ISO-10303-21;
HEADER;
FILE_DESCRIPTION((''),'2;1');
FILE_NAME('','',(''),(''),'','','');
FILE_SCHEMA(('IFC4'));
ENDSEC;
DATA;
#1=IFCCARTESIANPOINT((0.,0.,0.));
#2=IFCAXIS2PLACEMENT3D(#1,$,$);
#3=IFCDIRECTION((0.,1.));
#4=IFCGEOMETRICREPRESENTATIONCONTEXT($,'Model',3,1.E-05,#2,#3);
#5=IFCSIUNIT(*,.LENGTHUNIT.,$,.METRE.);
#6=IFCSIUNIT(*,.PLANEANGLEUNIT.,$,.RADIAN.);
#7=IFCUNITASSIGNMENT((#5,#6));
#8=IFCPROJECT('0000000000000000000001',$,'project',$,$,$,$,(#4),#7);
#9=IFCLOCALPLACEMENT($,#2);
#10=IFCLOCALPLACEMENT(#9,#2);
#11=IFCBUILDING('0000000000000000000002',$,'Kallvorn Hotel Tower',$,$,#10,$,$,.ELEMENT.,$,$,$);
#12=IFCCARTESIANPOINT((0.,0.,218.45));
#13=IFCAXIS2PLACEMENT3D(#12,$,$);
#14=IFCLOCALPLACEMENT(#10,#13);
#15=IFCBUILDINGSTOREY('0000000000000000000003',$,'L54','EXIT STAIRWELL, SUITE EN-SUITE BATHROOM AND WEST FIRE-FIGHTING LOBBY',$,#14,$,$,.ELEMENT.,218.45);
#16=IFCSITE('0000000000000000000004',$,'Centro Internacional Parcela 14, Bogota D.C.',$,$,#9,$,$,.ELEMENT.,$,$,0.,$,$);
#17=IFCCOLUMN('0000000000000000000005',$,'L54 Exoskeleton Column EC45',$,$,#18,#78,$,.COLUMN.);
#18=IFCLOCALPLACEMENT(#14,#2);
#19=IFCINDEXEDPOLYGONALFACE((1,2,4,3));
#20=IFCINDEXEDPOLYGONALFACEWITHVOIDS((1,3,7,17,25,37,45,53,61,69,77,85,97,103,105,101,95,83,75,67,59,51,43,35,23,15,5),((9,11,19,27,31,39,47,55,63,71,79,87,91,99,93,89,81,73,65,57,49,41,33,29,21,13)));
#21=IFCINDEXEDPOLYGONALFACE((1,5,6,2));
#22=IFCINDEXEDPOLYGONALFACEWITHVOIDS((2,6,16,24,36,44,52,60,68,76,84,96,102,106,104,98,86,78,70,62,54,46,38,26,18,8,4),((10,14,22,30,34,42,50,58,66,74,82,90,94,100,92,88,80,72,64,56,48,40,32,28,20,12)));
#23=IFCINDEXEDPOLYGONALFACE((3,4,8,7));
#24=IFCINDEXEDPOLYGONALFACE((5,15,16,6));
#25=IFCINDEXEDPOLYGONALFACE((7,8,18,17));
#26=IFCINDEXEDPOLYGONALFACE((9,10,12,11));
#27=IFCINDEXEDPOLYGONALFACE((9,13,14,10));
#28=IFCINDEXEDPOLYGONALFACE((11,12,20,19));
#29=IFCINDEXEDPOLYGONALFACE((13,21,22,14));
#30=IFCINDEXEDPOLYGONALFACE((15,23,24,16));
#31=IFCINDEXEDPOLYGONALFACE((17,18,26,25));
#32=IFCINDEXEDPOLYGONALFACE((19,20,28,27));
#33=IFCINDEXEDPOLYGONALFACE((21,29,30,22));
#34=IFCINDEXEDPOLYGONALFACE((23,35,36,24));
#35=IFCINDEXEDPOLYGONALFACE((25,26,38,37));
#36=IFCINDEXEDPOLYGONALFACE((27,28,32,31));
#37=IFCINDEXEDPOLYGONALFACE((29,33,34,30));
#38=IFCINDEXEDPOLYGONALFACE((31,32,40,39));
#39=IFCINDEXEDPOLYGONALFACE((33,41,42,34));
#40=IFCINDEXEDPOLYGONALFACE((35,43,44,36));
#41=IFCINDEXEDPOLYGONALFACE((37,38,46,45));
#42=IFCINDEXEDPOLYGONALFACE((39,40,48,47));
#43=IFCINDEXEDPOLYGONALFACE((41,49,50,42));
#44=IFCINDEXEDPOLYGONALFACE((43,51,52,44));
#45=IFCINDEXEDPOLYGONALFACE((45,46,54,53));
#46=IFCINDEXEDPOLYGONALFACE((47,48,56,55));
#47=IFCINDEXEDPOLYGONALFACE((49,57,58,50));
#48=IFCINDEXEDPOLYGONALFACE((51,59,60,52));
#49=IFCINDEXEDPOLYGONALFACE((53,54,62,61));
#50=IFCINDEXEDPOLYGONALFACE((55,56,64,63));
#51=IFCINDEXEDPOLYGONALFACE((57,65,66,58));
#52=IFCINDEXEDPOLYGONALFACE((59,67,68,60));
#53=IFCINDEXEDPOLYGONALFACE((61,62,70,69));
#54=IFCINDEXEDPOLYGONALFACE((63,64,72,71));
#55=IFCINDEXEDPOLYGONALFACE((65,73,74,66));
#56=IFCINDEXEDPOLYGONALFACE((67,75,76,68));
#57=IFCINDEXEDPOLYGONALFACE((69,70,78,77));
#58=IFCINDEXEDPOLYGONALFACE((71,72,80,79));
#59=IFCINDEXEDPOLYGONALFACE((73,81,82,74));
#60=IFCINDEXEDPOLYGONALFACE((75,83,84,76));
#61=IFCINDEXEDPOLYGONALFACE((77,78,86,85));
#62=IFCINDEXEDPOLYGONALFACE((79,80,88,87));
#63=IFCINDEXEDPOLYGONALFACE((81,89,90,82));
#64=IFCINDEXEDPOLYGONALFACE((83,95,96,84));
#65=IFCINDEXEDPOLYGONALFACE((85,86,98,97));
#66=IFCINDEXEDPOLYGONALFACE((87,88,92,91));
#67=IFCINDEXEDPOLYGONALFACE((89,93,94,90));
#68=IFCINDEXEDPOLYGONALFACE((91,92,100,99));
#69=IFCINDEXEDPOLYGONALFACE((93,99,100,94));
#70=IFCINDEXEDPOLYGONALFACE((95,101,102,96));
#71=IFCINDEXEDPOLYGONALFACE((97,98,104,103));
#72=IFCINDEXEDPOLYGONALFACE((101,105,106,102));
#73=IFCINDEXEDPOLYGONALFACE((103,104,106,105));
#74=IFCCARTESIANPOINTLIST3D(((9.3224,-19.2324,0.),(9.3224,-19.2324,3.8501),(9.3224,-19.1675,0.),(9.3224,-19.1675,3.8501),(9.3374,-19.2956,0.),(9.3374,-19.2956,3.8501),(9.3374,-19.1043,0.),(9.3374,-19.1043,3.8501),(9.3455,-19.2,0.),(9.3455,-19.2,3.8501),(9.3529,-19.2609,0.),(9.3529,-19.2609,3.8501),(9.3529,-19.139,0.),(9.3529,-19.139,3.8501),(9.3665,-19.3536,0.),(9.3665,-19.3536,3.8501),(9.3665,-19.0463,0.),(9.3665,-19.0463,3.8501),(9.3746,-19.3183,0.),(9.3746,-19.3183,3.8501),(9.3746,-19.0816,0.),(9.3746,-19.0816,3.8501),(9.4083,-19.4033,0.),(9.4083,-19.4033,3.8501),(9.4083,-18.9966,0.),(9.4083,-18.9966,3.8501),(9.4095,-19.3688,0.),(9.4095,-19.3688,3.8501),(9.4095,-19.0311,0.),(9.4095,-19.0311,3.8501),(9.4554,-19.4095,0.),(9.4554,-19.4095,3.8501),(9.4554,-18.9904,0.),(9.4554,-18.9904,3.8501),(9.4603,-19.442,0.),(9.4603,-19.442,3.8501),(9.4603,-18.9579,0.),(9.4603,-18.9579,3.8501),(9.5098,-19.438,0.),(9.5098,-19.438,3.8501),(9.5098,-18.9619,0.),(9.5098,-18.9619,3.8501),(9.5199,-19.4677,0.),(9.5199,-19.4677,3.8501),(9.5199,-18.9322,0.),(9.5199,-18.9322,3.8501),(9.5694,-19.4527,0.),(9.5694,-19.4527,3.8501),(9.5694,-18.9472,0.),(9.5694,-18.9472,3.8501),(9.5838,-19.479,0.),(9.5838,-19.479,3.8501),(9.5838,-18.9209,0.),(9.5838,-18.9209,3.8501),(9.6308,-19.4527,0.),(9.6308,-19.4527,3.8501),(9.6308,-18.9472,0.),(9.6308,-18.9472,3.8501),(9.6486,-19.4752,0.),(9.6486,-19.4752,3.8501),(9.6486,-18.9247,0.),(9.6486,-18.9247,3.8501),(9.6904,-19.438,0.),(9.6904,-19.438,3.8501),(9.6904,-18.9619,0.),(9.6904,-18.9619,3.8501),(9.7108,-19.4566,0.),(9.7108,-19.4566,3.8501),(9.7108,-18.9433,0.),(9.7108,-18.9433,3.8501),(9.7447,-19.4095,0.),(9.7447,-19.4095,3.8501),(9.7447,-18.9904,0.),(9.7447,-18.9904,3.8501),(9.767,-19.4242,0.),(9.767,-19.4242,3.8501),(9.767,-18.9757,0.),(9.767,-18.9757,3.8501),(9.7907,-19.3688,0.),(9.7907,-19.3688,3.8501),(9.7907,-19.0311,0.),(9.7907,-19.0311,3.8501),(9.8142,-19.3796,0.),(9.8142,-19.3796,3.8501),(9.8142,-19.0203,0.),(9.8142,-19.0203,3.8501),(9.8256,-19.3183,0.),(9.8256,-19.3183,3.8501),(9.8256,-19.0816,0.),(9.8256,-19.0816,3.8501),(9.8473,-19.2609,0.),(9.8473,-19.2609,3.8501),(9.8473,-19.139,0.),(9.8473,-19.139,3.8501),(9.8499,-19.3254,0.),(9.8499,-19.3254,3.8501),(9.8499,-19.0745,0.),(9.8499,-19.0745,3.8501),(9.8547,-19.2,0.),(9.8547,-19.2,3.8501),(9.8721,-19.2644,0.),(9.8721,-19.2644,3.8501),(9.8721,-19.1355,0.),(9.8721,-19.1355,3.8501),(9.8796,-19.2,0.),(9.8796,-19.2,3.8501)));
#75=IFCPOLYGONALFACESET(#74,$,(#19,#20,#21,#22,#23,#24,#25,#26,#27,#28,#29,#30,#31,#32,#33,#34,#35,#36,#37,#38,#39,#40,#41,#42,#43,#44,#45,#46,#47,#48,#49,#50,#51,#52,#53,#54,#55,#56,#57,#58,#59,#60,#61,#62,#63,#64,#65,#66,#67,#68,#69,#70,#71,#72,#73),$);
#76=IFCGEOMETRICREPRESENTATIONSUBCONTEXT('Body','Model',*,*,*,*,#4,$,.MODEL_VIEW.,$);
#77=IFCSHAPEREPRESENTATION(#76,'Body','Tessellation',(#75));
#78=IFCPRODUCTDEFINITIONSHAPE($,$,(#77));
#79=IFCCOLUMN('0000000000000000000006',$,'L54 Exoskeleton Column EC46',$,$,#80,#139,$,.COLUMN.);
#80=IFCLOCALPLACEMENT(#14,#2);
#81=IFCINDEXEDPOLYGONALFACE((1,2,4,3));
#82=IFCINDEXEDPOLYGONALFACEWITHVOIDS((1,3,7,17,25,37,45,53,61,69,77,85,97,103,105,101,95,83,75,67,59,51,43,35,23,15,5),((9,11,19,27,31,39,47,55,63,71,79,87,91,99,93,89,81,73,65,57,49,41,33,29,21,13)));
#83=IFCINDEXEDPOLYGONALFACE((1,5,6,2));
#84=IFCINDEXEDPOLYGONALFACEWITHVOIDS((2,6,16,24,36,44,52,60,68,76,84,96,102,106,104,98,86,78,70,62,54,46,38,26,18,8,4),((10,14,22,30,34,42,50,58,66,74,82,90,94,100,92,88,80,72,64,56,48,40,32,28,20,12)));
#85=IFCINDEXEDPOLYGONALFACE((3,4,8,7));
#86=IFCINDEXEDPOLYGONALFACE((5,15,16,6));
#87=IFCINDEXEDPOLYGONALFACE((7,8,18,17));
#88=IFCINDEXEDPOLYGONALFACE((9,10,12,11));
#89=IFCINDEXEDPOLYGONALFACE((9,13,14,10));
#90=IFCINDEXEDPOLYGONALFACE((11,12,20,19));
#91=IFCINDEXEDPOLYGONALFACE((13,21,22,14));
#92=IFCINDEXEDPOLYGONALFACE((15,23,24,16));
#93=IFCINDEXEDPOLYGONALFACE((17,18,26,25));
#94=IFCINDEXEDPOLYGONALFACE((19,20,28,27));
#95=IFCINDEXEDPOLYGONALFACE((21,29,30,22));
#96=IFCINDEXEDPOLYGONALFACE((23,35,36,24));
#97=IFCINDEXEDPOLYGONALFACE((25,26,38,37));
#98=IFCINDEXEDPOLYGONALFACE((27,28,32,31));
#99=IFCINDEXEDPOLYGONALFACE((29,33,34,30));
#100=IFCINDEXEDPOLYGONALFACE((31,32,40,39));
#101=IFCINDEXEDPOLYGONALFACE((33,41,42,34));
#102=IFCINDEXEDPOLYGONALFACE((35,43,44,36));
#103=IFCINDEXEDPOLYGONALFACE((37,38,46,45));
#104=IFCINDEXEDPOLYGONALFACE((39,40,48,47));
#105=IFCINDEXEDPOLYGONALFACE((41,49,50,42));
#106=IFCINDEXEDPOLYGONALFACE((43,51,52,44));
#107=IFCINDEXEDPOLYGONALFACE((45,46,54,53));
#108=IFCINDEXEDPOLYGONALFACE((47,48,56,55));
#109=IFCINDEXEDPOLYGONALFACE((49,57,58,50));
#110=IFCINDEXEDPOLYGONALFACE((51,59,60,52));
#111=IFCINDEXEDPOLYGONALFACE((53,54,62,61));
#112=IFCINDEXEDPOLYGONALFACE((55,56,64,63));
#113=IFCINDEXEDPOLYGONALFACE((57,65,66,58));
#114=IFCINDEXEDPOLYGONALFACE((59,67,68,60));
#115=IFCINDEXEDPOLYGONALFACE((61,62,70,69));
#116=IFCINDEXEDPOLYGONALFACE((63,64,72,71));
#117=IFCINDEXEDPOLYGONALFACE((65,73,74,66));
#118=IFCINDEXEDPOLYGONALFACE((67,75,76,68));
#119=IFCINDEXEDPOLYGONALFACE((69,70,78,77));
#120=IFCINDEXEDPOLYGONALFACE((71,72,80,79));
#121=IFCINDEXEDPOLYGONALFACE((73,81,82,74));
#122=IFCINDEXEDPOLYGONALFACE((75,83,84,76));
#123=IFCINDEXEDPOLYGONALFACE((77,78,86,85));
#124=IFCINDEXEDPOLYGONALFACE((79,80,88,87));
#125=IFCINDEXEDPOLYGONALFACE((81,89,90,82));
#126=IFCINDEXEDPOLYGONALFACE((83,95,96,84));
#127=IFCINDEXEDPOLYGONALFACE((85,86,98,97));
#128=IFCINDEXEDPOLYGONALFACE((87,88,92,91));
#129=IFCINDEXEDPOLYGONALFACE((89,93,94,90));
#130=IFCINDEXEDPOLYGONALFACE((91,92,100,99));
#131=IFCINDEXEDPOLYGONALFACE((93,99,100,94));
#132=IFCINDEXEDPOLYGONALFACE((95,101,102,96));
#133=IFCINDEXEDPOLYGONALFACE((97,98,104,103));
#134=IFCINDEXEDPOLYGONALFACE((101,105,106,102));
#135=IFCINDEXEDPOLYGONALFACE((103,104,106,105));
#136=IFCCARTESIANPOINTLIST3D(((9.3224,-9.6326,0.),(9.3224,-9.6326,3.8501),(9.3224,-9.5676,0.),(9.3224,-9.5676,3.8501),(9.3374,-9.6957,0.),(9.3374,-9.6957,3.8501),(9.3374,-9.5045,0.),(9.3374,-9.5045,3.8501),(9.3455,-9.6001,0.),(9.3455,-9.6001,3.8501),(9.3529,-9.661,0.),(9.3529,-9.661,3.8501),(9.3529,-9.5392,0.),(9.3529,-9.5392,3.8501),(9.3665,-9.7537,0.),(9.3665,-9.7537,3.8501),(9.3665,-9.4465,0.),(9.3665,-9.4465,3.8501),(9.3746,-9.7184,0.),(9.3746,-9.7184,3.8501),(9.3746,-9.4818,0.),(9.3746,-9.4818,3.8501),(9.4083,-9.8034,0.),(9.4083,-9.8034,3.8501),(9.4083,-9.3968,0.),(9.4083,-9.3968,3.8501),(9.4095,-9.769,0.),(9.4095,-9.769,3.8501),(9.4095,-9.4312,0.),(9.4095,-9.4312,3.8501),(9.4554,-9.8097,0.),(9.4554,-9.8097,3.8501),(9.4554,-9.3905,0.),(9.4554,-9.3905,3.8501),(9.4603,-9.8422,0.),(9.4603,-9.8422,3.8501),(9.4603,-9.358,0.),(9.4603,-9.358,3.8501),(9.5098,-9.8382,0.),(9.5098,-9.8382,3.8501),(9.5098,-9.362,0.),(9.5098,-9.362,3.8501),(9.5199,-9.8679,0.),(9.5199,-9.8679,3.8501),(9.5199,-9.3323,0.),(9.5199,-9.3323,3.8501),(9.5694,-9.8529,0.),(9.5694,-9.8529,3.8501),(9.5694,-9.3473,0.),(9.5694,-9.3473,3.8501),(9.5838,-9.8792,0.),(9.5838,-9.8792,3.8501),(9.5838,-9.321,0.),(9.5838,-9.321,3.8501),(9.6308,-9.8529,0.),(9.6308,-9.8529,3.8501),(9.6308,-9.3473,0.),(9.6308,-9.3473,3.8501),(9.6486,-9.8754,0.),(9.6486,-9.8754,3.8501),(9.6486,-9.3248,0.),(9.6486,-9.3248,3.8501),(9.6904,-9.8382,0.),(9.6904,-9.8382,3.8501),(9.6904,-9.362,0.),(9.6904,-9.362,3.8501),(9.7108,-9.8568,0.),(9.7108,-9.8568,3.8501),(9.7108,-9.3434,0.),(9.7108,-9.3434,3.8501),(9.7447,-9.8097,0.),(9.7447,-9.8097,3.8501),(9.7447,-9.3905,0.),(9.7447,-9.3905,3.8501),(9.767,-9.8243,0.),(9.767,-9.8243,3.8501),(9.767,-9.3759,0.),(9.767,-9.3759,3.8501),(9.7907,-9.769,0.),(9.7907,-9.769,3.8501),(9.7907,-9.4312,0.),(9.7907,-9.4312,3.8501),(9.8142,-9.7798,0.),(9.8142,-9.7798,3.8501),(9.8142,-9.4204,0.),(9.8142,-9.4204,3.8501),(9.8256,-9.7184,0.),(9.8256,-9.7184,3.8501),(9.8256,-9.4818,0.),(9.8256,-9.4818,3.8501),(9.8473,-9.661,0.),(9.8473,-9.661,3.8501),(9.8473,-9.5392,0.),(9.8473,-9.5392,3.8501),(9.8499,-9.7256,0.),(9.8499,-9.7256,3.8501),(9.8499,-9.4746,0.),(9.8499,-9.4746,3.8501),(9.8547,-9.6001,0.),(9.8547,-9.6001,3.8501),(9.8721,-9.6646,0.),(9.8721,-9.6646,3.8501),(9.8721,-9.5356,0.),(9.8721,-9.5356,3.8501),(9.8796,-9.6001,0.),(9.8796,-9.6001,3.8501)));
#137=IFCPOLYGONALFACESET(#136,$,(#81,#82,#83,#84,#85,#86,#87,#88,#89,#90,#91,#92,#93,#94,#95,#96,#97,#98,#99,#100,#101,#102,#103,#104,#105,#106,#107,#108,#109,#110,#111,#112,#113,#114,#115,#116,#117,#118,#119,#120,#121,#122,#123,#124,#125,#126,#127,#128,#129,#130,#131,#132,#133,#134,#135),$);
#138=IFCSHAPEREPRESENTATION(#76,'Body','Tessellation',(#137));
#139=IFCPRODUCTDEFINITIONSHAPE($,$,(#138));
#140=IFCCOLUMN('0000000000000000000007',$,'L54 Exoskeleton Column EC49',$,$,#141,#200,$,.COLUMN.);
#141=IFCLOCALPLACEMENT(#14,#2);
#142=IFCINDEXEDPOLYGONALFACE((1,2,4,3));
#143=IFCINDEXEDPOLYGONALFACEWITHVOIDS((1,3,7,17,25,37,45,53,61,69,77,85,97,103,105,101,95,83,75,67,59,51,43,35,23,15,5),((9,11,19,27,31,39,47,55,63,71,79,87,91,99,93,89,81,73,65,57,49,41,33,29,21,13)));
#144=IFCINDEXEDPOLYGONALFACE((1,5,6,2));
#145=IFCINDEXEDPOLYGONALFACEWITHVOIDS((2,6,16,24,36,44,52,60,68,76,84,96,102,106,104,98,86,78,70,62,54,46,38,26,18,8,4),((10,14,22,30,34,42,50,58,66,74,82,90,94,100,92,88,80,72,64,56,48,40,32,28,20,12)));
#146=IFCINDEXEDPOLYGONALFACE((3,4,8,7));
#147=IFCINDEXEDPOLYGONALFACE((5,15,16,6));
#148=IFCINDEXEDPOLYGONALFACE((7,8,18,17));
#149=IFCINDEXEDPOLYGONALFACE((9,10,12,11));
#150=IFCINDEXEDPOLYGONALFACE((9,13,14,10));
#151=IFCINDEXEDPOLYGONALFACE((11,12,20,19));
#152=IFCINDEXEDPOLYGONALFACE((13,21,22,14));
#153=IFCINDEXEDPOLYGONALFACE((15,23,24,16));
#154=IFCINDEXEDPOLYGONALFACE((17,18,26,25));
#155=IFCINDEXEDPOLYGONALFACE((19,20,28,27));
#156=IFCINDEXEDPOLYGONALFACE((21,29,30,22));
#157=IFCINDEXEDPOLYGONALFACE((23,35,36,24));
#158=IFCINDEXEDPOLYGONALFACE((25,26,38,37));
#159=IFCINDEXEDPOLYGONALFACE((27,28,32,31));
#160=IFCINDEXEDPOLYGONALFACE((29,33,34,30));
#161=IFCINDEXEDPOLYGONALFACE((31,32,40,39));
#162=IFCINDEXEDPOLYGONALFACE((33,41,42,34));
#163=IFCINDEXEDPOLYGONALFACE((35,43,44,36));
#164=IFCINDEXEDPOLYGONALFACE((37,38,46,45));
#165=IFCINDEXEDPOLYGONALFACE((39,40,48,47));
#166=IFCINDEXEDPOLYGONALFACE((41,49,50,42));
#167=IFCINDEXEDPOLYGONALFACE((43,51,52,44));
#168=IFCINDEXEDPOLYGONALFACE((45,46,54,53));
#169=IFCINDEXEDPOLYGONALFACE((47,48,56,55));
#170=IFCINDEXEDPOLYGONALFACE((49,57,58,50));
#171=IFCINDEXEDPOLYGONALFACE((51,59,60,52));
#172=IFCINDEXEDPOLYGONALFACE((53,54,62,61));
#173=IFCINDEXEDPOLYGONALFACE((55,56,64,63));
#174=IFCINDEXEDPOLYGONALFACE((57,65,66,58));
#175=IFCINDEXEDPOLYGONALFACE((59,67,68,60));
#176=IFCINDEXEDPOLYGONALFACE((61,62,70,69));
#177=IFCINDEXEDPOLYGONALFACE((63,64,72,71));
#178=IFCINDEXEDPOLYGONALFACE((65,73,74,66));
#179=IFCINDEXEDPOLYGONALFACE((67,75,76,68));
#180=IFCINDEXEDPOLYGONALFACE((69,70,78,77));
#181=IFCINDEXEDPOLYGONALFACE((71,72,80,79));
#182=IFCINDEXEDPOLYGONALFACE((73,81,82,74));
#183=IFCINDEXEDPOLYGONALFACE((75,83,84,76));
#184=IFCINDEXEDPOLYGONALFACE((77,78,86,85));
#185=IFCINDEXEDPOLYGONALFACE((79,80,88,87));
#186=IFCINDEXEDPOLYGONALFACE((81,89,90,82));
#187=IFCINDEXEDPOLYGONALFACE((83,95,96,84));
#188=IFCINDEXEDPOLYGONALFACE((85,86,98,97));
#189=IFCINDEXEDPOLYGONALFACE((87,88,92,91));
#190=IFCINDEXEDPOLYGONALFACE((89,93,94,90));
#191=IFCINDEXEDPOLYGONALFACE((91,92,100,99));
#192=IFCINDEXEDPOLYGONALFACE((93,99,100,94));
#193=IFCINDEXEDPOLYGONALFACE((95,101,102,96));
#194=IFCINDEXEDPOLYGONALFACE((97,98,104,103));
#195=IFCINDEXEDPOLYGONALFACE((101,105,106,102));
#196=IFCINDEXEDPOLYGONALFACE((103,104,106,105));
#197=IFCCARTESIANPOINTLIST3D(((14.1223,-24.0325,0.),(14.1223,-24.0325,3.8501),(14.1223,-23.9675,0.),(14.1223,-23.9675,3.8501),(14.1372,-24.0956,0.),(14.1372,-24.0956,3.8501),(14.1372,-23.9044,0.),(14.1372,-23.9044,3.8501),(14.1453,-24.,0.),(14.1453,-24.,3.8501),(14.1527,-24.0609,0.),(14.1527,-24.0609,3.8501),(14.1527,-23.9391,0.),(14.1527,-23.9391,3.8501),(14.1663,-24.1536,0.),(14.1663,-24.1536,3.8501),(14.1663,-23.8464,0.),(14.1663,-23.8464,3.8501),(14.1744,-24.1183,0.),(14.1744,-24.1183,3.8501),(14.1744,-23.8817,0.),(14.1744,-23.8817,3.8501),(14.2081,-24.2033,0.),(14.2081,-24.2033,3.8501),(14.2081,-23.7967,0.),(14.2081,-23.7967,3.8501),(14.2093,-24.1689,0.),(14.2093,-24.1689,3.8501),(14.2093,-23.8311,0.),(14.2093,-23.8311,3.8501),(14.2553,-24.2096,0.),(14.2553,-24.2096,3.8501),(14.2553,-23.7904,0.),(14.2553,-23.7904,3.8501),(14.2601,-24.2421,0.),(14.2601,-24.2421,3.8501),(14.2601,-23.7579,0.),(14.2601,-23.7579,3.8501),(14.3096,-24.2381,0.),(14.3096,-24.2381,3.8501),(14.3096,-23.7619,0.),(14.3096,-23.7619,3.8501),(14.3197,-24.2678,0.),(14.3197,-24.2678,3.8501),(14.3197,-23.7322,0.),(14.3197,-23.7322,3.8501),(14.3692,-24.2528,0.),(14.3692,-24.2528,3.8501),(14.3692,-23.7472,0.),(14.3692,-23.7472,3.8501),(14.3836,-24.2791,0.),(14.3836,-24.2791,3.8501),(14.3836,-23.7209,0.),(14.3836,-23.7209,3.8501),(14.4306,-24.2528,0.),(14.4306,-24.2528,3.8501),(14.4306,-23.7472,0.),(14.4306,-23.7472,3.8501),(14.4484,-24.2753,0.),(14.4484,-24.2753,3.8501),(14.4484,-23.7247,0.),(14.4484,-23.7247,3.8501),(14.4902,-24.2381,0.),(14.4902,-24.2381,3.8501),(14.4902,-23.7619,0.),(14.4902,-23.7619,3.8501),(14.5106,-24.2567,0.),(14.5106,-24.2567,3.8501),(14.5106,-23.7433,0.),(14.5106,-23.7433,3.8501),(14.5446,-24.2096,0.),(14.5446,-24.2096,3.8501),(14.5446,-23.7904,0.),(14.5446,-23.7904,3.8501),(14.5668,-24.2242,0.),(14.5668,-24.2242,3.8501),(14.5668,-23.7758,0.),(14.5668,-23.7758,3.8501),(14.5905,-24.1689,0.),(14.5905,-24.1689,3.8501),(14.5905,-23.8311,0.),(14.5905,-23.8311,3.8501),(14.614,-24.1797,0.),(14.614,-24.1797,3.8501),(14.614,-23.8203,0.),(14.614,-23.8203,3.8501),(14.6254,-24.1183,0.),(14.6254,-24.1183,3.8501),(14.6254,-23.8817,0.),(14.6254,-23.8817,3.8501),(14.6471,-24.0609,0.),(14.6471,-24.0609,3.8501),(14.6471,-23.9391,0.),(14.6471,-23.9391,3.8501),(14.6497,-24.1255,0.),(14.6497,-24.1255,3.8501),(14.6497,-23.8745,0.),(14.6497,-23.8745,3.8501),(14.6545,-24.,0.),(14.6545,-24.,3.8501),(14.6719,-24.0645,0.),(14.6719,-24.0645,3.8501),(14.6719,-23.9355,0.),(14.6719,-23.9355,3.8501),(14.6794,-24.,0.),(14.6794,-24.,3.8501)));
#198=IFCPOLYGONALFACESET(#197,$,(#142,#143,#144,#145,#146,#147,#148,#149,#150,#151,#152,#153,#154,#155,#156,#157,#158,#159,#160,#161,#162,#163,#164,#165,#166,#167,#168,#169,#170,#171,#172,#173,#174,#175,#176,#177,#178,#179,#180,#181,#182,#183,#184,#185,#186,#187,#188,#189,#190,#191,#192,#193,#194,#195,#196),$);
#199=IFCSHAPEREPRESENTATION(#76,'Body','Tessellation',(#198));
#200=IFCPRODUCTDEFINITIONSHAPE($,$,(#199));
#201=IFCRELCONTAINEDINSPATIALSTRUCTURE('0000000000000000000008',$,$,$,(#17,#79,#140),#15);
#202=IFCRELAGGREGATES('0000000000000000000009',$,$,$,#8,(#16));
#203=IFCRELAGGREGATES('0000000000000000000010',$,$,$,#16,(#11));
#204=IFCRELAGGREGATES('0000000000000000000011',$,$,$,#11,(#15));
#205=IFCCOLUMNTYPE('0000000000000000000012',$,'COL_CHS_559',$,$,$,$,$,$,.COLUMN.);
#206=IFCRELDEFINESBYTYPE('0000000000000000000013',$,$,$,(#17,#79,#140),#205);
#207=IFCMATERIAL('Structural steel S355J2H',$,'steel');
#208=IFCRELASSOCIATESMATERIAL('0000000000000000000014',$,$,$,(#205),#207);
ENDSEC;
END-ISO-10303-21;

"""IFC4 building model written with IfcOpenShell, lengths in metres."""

from ifc_helpers import new_model, si_unit, direction, frame, origin, origin_2d, place, context, subcontext, project, spatial, hollow_circle, extrude, material, material_profile, profile_set, type_object, element, save


model = new_model("IFC4")

# Units and contexts
model_context = context("Model", 3, precision=1e-05, world=origin(), true_north=direction((0.0, 1.0)))
body_context = subcontext(model_context, "Body", "Model", "MODEL_VIEW")
ifc_project = project(units=[si_unit("LENGTHUNIT", "METRE"), si_unit("PLANEANGLEUNIT", "RADIAN")], contexts=[model_context])

# Site, building, storey
site_placement = place(None, origin())
site = spatial("IfcSite", under=ifc_project, at=site_placement, Name="Centro Internacional Parcela 14, Bogota D.C.", CompositionType="ELEMENT", RefElevation=0.0)
building_placement = place(site_placement, origin())
building = spatial("IfcBuilding", under=site, at=building_placement, Name="Kallvorn Hotel Tower", CompositionType="ELEMENT")
storey_placement = place(building_placement, frame((0.0, 0.0, 218.45)))
storey = spatial("IfcBuildingStorey", under=building, at=storey_placement, Name="L54", Description="EXIT STAIRWELL, SUITE EN-SUITE BATHROOM AND WEST FIRE-FIGHTING LOBBY", CompositionType="ELEMENT", Elevation=218.45)

# Columns
ifc_material_1 = material(Name="Structural steel S355J2H", Category="steel")
ifc_material_profile_1 = material_profile(ifc_material_1, hollow_circle(Radius=0.2795, WallThickness=0.0249, at=origin_2d()), Name="CHS 559x25")
ifc_profile_set_1 = profile_set([ifc_material_profile_1], Name="Structural steel S355J2H")
column_type_1 = type_object("IfcColumnType", Name="COL_CHS_559", PredefinedType="COLUMN", material=ifc_profile_set_1)
for number, where, z_axis, x_axis, name in (
    (1, (9.6001, -19.2, 0.0), (0.0, 0.0, 1.0), (1.0, 0.0, 0.0), "L54 Exoskeleton Column EC45"),
    (2, (9.6001, -9.6001, 0.0), (0.0, 0.0, 1.0), (1.0, 0.0, 0.0), "L54 Exoskeleton Column EC46"),
    (3, (14.3999, -24.0, 0.0), (0.0, 0.0, 1.0), (1.0, 0.0, 0.0), "L54 Exoskeleton Column EC49"),
):
    element("IfcColumn", number, at=place(storey_placement, frame(where, z_axis=z_axis, x_axis=x_axis)), inside=storey, type_object=column_type_1, Name=name, PredefinedType="COLUMN", context=body_context, shape_type="SweptSolid", body=[
        extrude(hollow_circle(Radius=0.2795, WallThickness=0.0249, at=origin_2d()), origin(), (0.0, 0.0, 1.0), 3.8501),
    ])

save(model, "model.ifc")
